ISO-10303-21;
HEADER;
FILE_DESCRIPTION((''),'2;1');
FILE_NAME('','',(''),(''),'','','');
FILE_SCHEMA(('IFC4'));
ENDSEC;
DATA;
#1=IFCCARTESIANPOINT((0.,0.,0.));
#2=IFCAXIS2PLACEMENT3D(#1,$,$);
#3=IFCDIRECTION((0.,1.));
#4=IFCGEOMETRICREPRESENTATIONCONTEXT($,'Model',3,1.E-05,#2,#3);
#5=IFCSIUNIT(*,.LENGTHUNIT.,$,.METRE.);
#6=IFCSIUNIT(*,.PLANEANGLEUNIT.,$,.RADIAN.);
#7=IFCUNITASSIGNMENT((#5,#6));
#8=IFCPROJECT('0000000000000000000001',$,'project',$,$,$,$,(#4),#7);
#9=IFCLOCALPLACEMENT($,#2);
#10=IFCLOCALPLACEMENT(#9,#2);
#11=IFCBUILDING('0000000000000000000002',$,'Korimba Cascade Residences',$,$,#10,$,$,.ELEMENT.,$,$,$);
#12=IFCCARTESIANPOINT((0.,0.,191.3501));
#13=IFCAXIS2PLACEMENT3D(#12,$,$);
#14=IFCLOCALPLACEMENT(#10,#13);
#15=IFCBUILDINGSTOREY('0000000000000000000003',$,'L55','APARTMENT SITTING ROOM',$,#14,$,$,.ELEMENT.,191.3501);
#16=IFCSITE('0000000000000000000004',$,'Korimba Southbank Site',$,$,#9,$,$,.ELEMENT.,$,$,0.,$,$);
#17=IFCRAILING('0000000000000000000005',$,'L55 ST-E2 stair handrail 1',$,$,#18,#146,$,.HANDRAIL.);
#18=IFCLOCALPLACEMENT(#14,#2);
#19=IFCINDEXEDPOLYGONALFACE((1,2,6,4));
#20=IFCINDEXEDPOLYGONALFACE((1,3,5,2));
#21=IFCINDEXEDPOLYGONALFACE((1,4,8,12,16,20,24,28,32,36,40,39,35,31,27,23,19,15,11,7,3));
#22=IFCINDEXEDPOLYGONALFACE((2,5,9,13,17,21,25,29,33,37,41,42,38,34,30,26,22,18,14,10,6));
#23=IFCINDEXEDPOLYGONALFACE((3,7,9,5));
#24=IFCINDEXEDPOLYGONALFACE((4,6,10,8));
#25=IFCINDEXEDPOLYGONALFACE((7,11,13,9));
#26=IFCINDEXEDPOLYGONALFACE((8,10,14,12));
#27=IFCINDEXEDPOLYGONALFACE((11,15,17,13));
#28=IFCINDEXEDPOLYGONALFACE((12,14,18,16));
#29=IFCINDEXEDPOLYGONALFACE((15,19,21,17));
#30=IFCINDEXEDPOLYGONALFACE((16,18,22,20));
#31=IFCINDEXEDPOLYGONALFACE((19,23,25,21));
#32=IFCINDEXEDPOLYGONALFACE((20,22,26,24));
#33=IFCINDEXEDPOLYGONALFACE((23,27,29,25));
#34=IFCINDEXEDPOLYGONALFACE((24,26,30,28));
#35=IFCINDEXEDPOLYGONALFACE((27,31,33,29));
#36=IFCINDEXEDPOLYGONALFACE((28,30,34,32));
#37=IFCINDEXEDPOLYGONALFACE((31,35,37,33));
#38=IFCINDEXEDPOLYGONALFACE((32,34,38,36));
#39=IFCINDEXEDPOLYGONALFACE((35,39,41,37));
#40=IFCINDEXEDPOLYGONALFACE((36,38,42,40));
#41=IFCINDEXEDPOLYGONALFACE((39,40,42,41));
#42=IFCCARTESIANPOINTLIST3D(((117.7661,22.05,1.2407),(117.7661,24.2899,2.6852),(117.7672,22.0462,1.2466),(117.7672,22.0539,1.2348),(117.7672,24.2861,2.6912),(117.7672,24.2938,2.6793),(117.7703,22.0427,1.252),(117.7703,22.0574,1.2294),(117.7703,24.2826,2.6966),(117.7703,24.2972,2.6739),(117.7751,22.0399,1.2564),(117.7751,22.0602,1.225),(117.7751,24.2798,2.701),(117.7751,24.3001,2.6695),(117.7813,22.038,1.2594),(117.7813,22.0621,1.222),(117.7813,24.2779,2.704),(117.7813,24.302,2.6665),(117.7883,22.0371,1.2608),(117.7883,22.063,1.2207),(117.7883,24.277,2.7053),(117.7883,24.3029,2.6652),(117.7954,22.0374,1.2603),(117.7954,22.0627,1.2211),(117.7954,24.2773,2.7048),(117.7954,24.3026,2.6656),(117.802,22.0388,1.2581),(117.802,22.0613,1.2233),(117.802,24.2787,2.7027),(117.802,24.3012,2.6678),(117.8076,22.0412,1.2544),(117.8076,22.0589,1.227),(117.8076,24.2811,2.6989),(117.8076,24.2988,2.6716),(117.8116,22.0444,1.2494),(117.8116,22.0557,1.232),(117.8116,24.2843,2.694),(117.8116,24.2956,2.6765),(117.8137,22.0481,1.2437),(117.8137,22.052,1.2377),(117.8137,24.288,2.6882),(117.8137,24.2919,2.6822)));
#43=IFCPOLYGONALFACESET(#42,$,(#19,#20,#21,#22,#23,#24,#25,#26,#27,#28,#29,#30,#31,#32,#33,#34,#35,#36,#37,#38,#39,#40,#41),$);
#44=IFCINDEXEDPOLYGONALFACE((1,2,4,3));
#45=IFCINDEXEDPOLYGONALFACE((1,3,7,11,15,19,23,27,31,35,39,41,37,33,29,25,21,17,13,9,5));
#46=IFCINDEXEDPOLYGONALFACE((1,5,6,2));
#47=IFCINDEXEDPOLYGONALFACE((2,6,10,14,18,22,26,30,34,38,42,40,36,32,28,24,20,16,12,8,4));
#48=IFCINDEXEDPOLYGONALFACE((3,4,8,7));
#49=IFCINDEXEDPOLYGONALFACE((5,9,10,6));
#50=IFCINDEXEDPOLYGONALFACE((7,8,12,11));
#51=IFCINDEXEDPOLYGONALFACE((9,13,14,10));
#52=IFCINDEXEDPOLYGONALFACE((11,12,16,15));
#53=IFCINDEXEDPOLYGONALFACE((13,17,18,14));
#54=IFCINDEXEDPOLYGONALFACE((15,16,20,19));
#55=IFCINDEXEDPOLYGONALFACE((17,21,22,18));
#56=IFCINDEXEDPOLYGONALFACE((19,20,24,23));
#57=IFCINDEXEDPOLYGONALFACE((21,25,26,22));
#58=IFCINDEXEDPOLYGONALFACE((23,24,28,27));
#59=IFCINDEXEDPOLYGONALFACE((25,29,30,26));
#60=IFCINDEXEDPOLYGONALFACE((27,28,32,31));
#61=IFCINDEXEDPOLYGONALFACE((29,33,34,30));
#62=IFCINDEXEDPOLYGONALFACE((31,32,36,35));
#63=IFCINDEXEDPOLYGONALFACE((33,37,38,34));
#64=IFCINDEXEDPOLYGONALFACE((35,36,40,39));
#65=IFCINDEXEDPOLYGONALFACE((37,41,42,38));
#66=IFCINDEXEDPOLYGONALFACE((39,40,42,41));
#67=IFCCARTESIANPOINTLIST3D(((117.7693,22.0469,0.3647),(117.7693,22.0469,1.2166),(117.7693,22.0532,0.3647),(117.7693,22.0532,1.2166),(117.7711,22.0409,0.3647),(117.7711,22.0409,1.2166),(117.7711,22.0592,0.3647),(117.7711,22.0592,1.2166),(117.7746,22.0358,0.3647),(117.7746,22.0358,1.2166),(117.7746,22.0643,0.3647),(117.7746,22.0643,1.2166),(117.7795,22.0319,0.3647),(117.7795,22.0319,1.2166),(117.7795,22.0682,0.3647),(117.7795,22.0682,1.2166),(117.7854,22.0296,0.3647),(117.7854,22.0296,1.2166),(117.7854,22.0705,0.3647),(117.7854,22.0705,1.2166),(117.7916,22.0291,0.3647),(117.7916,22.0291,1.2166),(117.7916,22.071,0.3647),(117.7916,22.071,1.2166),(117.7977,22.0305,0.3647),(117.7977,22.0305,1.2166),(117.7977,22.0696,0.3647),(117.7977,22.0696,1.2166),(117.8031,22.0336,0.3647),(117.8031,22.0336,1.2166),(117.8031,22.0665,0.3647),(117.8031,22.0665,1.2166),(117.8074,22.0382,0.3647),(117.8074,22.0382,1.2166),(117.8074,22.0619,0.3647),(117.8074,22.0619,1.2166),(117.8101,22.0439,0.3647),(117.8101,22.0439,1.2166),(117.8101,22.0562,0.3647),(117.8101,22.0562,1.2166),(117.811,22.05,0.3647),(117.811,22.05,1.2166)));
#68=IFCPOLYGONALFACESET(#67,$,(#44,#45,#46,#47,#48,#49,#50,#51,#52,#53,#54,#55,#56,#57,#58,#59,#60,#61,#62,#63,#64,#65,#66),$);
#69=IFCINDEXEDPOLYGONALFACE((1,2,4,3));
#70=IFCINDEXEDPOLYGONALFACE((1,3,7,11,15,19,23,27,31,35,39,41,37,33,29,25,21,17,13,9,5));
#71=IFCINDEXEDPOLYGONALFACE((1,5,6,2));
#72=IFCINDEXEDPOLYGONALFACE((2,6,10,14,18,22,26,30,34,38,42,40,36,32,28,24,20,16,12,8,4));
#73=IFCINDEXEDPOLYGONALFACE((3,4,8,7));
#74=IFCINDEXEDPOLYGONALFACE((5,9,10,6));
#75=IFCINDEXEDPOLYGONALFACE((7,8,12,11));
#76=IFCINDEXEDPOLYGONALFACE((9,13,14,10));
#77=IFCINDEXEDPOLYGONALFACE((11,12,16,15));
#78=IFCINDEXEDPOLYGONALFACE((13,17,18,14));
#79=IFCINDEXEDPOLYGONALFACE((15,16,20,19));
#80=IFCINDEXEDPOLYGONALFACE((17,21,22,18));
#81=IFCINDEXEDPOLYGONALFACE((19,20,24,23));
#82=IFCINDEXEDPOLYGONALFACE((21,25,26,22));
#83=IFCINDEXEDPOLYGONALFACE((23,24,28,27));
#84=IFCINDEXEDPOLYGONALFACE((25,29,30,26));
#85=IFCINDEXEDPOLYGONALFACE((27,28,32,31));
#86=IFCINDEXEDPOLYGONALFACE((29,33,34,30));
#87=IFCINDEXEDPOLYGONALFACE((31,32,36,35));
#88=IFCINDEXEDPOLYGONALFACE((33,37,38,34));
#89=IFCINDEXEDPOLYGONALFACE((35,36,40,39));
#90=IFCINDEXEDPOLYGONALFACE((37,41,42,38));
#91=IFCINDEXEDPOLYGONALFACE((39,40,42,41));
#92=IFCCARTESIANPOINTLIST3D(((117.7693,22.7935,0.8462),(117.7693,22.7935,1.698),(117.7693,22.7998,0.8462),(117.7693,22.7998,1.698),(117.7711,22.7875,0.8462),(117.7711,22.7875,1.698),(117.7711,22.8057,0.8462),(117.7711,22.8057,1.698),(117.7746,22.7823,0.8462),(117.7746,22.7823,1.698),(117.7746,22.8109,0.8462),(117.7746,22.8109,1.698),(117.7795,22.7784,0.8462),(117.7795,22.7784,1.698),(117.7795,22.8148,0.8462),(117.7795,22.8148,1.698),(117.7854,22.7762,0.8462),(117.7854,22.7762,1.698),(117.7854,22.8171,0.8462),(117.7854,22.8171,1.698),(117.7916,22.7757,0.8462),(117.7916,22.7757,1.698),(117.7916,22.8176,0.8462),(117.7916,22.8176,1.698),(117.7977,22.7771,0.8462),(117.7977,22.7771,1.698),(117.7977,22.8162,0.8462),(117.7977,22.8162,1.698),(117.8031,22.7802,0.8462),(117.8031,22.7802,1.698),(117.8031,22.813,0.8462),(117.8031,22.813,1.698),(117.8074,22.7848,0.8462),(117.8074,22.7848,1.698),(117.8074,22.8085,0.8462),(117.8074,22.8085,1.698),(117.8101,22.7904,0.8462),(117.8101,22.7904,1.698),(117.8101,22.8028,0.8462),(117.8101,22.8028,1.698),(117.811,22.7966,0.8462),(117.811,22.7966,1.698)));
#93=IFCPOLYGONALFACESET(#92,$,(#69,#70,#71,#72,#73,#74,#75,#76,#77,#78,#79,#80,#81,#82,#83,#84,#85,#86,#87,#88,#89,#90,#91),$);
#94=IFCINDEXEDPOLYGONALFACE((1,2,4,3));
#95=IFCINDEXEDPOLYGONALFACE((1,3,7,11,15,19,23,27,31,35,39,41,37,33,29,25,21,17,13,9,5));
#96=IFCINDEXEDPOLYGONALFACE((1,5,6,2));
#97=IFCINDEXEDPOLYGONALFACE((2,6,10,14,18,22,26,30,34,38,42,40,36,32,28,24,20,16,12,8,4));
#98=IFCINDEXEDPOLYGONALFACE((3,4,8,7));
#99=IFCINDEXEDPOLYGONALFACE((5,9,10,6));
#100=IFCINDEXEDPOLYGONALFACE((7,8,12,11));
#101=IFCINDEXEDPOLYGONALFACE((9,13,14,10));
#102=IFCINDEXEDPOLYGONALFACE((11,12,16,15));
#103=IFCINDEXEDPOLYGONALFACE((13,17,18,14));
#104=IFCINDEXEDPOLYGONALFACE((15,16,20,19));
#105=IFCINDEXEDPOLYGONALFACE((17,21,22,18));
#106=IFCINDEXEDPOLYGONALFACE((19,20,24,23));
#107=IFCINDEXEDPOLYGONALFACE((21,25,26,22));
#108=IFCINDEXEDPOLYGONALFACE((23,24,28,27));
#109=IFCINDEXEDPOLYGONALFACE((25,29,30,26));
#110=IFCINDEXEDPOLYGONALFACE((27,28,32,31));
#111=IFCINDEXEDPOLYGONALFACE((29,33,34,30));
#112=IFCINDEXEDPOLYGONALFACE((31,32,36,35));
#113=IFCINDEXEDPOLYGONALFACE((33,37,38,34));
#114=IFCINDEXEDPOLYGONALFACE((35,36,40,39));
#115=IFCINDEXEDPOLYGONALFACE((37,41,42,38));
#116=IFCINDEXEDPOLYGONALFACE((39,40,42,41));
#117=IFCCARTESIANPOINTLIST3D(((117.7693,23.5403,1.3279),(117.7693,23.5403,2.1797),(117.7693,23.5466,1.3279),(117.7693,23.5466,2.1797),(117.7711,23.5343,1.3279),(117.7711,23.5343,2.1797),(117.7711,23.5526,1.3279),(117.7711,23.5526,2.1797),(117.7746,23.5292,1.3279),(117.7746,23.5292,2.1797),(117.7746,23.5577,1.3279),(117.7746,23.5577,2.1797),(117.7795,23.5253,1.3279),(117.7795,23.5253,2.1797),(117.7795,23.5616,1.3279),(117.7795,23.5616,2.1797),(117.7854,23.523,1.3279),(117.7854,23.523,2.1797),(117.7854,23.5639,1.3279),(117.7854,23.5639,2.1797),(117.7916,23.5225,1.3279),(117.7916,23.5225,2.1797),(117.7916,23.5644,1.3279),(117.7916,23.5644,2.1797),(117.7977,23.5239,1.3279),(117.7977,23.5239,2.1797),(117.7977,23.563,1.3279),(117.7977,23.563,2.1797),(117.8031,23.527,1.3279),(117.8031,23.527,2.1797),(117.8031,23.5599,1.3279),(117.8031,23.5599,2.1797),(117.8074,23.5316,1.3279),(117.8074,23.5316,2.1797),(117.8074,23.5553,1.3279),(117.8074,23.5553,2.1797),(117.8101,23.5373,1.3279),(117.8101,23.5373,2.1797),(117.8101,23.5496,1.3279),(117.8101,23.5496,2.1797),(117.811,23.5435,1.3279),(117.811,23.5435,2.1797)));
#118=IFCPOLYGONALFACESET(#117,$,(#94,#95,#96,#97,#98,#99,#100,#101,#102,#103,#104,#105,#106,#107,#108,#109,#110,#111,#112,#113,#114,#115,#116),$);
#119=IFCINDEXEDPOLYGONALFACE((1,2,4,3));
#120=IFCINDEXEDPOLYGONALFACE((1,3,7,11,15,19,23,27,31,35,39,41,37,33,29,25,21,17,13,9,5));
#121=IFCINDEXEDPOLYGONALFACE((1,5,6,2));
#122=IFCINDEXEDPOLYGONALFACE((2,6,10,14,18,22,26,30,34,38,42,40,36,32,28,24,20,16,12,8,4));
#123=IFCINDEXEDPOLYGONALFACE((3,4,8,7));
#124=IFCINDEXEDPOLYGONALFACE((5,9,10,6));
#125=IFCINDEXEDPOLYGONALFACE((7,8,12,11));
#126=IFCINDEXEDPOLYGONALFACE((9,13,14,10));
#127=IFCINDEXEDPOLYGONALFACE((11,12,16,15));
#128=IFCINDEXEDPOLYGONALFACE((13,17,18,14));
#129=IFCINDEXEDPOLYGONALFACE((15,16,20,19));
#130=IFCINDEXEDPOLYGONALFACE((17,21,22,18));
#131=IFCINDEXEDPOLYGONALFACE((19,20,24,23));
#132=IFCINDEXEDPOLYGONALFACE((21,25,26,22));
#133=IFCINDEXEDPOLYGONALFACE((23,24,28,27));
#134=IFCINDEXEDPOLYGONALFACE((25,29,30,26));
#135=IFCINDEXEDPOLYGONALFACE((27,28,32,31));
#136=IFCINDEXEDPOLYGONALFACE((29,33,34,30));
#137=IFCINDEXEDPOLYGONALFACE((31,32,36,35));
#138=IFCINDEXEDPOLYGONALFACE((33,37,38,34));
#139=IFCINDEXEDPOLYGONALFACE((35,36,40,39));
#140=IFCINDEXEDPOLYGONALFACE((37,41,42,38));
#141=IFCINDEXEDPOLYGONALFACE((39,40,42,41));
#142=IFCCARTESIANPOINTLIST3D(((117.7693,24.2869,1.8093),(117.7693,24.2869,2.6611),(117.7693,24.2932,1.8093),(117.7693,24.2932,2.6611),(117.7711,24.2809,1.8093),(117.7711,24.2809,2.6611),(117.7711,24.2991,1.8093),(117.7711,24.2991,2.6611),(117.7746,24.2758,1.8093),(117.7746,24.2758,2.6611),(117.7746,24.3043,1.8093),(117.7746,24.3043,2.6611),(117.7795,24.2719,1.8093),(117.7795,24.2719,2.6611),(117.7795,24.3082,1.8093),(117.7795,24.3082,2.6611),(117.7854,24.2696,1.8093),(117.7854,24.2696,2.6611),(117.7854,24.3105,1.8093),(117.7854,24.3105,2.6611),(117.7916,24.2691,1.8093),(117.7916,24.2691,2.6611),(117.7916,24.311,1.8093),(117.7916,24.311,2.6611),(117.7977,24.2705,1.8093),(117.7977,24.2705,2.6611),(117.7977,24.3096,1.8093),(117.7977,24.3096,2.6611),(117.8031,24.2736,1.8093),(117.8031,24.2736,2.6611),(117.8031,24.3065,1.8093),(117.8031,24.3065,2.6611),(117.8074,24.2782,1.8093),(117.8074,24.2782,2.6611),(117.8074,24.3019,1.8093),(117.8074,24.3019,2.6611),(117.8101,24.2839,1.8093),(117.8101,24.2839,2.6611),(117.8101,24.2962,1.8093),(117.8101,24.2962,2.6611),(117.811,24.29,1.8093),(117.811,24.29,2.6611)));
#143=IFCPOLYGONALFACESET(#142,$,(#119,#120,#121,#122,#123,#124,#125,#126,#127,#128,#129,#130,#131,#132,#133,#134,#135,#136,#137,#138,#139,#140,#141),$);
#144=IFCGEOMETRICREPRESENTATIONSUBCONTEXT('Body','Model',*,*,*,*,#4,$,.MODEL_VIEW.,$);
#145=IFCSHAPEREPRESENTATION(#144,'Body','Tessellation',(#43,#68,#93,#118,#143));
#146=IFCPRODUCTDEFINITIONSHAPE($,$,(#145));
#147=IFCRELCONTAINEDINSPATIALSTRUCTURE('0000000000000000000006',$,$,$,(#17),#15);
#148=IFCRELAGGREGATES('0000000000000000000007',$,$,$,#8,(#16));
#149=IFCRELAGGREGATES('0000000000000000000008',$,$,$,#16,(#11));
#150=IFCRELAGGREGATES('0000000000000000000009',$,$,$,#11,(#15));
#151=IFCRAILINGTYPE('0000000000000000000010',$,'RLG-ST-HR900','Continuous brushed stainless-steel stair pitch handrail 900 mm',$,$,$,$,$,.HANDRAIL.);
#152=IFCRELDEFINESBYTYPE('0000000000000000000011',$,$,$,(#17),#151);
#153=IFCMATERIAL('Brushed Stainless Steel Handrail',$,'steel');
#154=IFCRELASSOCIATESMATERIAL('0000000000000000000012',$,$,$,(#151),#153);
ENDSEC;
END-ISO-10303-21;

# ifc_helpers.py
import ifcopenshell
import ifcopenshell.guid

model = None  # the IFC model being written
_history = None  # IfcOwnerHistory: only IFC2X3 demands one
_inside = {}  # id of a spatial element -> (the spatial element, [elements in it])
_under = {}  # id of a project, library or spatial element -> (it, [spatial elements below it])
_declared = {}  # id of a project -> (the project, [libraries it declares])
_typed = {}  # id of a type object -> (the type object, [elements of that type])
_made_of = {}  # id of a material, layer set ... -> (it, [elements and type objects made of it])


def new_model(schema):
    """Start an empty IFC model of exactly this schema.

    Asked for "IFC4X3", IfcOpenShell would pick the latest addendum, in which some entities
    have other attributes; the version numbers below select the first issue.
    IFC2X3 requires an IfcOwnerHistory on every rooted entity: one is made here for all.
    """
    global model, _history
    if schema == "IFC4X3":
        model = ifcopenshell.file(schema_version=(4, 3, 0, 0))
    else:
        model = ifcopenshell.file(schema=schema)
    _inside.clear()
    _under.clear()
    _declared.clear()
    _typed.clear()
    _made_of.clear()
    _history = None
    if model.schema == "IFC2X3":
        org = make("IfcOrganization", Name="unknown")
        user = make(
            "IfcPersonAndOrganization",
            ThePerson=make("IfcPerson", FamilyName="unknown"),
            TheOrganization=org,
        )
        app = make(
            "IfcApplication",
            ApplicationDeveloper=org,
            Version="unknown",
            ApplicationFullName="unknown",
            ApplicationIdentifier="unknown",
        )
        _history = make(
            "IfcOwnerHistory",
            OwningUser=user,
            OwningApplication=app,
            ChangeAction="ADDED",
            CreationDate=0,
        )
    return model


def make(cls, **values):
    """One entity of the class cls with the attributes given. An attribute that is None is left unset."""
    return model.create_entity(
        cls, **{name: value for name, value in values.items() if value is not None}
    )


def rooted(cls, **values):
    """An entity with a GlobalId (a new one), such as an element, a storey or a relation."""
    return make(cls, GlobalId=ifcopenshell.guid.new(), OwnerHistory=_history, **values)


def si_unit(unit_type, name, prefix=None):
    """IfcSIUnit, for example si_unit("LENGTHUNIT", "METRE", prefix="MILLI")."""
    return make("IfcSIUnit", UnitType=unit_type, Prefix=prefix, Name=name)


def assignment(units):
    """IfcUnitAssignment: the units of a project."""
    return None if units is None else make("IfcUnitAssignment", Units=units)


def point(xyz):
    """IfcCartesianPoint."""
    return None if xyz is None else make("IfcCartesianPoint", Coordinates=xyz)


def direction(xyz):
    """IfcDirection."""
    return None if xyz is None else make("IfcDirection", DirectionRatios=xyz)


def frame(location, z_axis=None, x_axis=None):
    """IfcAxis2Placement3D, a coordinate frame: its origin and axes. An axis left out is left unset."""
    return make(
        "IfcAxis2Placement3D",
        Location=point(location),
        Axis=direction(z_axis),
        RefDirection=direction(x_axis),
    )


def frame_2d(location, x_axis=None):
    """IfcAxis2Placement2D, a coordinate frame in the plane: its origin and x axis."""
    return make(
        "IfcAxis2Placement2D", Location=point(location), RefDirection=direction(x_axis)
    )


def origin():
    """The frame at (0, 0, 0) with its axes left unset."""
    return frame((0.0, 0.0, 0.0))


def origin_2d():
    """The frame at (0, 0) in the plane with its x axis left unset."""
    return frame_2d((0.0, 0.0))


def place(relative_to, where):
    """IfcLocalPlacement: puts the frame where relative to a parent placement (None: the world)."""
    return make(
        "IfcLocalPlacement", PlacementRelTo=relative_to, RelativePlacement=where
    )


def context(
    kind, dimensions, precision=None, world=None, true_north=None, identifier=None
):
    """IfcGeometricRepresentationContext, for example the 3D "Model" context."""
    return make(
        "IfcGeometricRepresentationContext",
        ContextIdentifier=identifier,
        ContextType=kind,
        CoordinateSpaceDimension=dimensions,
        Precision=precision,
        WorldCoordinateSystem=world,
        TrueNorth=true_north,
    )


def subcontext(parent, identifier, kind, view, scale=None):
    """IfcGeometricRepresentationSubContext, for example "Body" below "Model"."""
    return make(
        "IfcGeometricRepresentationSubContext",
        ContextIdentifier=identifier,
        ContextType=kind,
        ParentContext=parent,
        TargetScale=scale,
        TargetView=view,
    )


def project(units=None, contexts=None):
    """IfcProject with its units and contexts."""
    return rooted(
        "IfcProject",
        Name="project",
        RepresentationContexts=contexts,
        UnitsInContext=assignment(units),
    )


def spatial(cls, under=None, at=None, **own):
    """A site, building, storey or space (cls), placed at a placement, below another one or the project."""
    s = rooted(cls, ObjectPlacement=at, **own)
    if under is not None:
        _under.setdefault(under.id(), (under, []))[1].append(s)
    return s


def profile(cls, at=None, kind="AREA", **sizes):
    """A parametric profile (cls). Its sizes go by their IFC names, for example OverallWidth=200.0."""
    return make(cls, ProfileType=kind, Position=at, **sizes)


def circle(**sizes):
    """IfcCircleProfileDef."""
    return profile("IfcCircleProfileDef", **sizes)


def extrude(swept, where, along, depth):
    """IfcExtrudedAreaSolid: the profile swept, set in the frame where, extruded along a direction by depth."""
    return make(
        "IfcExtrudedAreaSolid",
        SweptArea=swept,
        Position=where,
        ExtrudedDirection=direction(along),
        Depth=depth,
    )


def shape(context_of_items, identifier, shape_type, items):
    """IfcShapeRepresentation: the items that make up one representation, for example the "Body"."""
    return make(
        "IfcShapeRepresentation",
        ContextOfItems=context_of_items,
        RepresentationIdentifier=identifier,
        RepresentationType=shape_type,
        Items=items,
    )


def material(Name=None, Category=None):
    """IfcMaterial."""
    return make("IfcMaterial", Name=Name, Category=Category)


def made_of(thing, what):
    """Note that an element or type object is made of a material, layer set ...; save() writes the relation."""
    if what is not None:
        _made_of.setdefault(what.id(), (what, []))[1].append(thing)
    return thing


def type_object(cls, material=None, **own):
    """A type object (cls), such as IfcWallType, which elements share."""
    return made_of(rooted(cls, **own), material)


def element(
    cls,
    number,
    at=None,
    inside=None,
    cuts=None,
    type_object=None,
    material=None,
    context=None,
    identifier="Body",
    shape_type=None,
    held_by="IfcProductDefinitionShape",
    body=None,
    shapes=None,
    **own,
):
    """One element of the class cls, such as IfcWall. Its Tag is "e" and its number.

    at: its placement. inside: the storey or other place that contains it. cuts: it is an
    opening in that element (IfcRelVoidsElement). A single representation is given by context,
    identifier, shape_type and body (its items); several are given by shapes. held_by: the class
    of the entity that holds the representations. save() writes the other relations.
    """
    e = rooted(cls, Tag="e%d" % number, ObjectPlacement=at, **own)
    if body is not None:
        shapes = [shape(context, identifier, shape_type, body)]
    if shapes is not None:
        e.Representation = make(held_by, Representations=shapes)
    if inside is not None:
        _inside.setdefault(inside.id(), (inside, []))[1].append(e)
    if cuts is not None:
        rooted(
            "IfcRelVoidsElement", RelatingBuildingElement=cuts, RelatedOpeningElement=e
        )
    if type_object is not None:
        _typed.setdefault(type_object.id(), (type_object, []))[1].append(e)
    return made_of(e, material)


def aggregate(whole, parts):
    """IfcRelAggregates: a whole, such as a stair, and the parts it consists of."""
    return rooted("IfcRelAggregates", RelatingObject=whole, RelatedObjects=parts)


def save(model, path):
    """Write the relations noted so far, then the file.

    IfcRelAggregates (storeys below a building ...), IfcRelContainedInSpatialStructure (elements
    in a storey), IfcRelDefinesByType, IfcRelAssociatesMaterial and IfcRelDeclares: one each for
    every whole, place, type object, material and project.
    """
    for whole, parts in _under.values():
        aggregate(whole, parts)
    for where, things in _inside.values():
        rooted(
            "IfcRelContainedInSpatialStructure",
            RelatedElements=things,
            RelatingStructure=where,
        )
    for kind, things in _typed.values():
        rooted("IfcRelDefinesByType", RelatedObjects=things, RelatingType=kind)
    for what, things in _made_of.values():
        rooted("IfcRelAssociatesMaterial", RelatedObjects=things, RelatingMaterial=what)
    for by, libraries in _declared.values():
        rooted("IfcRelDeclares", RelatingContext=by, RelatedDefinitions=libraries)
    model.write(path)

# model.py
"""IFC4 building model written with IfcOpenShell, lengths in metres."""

from ifc_helpers import new_model, si_unit, direction, frame, origin, origin_2d, place, context, subcontext, project, spatial, circle, extrude, material, type_object, element, save


model = new_model("IFC4")

# Units and contexts
model_context = context("Model", 3, precision=1e-05, world=origin(), true_north=direction((0.0, 1.0)))
body_context = subcontext(model_context, "Body", "Model", "MODEL_VIEW")
ifc_project = project(units=[si_unit("LENGTHUNIT", "METRE"), si_unit("PLANEANGLEUNIT", "RADIAN")], contexts=[model_context])

# Site, building, storey
site_placement = place(None, origin())
site = spatial("IfcSite", under=ifc_project, at=site_placement, Name="Korimba Southbank Site", CompositionType="ELEMENT", RefElevation=0.0)
building_placement = place(site_placement, origin())
building = spatial("IfcBuilding", under=site, at=building_placement, Name="Korimba Cascade Residences", CompositionType="ELEMENT")
storey_placement = place(building_placement, frame((0.0, 0.0, 191.3501)))
storey = spatial("IfcBuildingStorey", under=building, at=storey_placement, Name="L55", Description="APARTMENT SITTING ROOM", CompositionType="ELEMENT", Elevation=191.3501)

# Railing
ifc_material_1 = material(Name="Brushed Stainless Steel Handrail", Category="steel")
railing_type_1 = type_object("IfcRailingType", Name="RLG-ST-HR900", Description="Continuous brushed stainless-steel stair pitch handrail 900 mm", PredefinedType="HANDRAIL", material=ifc_material_1)
railing_1_placement = place(storey_placement, frame((117.79, 22.05, 0.3647)))
element("IfcRailing", 1, at=railing_1_placement, inside=storey, type_object=railing_type_1, Name="L55 ST-E2 stair handrail 1", PredefinedType="HANDRAIL", context=body_context, shape_type="SweptSolid", body=[
    extrude(circle(Radius=0.0239, at=origin_2d()), frame((0.0, 0.0, 0.876), z_axis=(0.0, 0.840395, 0.541975), x_axis=(-1.0, 0.0, 0.0)), (0.0, 0.0, 1.0), 2.6653),
    extrude(circle(Radius=0.021, at=origin_2d()), origin(), (0.0, 0.0, 1.0), 0.8518),
    extrude(circle(Radius=0.021, at=origin_2d()), frame((0.0, 0.7466, 0.4814)), (0.0, 0.0, 1.0), 0.8518),
    extrude(circle(Radius=0.021, at=origin_2d()), frame((0.0, 1.4934, 0.9631)), (0.0, 0.0, 1.0), 0.8518),
    extrude(circle(Radius=0.021, at=origin_2d()), frame((0.0, 2.24, 1.4446)), (0.0, 0.0, 1.0), 0.8518),
])

save(model, "model.ifc")
